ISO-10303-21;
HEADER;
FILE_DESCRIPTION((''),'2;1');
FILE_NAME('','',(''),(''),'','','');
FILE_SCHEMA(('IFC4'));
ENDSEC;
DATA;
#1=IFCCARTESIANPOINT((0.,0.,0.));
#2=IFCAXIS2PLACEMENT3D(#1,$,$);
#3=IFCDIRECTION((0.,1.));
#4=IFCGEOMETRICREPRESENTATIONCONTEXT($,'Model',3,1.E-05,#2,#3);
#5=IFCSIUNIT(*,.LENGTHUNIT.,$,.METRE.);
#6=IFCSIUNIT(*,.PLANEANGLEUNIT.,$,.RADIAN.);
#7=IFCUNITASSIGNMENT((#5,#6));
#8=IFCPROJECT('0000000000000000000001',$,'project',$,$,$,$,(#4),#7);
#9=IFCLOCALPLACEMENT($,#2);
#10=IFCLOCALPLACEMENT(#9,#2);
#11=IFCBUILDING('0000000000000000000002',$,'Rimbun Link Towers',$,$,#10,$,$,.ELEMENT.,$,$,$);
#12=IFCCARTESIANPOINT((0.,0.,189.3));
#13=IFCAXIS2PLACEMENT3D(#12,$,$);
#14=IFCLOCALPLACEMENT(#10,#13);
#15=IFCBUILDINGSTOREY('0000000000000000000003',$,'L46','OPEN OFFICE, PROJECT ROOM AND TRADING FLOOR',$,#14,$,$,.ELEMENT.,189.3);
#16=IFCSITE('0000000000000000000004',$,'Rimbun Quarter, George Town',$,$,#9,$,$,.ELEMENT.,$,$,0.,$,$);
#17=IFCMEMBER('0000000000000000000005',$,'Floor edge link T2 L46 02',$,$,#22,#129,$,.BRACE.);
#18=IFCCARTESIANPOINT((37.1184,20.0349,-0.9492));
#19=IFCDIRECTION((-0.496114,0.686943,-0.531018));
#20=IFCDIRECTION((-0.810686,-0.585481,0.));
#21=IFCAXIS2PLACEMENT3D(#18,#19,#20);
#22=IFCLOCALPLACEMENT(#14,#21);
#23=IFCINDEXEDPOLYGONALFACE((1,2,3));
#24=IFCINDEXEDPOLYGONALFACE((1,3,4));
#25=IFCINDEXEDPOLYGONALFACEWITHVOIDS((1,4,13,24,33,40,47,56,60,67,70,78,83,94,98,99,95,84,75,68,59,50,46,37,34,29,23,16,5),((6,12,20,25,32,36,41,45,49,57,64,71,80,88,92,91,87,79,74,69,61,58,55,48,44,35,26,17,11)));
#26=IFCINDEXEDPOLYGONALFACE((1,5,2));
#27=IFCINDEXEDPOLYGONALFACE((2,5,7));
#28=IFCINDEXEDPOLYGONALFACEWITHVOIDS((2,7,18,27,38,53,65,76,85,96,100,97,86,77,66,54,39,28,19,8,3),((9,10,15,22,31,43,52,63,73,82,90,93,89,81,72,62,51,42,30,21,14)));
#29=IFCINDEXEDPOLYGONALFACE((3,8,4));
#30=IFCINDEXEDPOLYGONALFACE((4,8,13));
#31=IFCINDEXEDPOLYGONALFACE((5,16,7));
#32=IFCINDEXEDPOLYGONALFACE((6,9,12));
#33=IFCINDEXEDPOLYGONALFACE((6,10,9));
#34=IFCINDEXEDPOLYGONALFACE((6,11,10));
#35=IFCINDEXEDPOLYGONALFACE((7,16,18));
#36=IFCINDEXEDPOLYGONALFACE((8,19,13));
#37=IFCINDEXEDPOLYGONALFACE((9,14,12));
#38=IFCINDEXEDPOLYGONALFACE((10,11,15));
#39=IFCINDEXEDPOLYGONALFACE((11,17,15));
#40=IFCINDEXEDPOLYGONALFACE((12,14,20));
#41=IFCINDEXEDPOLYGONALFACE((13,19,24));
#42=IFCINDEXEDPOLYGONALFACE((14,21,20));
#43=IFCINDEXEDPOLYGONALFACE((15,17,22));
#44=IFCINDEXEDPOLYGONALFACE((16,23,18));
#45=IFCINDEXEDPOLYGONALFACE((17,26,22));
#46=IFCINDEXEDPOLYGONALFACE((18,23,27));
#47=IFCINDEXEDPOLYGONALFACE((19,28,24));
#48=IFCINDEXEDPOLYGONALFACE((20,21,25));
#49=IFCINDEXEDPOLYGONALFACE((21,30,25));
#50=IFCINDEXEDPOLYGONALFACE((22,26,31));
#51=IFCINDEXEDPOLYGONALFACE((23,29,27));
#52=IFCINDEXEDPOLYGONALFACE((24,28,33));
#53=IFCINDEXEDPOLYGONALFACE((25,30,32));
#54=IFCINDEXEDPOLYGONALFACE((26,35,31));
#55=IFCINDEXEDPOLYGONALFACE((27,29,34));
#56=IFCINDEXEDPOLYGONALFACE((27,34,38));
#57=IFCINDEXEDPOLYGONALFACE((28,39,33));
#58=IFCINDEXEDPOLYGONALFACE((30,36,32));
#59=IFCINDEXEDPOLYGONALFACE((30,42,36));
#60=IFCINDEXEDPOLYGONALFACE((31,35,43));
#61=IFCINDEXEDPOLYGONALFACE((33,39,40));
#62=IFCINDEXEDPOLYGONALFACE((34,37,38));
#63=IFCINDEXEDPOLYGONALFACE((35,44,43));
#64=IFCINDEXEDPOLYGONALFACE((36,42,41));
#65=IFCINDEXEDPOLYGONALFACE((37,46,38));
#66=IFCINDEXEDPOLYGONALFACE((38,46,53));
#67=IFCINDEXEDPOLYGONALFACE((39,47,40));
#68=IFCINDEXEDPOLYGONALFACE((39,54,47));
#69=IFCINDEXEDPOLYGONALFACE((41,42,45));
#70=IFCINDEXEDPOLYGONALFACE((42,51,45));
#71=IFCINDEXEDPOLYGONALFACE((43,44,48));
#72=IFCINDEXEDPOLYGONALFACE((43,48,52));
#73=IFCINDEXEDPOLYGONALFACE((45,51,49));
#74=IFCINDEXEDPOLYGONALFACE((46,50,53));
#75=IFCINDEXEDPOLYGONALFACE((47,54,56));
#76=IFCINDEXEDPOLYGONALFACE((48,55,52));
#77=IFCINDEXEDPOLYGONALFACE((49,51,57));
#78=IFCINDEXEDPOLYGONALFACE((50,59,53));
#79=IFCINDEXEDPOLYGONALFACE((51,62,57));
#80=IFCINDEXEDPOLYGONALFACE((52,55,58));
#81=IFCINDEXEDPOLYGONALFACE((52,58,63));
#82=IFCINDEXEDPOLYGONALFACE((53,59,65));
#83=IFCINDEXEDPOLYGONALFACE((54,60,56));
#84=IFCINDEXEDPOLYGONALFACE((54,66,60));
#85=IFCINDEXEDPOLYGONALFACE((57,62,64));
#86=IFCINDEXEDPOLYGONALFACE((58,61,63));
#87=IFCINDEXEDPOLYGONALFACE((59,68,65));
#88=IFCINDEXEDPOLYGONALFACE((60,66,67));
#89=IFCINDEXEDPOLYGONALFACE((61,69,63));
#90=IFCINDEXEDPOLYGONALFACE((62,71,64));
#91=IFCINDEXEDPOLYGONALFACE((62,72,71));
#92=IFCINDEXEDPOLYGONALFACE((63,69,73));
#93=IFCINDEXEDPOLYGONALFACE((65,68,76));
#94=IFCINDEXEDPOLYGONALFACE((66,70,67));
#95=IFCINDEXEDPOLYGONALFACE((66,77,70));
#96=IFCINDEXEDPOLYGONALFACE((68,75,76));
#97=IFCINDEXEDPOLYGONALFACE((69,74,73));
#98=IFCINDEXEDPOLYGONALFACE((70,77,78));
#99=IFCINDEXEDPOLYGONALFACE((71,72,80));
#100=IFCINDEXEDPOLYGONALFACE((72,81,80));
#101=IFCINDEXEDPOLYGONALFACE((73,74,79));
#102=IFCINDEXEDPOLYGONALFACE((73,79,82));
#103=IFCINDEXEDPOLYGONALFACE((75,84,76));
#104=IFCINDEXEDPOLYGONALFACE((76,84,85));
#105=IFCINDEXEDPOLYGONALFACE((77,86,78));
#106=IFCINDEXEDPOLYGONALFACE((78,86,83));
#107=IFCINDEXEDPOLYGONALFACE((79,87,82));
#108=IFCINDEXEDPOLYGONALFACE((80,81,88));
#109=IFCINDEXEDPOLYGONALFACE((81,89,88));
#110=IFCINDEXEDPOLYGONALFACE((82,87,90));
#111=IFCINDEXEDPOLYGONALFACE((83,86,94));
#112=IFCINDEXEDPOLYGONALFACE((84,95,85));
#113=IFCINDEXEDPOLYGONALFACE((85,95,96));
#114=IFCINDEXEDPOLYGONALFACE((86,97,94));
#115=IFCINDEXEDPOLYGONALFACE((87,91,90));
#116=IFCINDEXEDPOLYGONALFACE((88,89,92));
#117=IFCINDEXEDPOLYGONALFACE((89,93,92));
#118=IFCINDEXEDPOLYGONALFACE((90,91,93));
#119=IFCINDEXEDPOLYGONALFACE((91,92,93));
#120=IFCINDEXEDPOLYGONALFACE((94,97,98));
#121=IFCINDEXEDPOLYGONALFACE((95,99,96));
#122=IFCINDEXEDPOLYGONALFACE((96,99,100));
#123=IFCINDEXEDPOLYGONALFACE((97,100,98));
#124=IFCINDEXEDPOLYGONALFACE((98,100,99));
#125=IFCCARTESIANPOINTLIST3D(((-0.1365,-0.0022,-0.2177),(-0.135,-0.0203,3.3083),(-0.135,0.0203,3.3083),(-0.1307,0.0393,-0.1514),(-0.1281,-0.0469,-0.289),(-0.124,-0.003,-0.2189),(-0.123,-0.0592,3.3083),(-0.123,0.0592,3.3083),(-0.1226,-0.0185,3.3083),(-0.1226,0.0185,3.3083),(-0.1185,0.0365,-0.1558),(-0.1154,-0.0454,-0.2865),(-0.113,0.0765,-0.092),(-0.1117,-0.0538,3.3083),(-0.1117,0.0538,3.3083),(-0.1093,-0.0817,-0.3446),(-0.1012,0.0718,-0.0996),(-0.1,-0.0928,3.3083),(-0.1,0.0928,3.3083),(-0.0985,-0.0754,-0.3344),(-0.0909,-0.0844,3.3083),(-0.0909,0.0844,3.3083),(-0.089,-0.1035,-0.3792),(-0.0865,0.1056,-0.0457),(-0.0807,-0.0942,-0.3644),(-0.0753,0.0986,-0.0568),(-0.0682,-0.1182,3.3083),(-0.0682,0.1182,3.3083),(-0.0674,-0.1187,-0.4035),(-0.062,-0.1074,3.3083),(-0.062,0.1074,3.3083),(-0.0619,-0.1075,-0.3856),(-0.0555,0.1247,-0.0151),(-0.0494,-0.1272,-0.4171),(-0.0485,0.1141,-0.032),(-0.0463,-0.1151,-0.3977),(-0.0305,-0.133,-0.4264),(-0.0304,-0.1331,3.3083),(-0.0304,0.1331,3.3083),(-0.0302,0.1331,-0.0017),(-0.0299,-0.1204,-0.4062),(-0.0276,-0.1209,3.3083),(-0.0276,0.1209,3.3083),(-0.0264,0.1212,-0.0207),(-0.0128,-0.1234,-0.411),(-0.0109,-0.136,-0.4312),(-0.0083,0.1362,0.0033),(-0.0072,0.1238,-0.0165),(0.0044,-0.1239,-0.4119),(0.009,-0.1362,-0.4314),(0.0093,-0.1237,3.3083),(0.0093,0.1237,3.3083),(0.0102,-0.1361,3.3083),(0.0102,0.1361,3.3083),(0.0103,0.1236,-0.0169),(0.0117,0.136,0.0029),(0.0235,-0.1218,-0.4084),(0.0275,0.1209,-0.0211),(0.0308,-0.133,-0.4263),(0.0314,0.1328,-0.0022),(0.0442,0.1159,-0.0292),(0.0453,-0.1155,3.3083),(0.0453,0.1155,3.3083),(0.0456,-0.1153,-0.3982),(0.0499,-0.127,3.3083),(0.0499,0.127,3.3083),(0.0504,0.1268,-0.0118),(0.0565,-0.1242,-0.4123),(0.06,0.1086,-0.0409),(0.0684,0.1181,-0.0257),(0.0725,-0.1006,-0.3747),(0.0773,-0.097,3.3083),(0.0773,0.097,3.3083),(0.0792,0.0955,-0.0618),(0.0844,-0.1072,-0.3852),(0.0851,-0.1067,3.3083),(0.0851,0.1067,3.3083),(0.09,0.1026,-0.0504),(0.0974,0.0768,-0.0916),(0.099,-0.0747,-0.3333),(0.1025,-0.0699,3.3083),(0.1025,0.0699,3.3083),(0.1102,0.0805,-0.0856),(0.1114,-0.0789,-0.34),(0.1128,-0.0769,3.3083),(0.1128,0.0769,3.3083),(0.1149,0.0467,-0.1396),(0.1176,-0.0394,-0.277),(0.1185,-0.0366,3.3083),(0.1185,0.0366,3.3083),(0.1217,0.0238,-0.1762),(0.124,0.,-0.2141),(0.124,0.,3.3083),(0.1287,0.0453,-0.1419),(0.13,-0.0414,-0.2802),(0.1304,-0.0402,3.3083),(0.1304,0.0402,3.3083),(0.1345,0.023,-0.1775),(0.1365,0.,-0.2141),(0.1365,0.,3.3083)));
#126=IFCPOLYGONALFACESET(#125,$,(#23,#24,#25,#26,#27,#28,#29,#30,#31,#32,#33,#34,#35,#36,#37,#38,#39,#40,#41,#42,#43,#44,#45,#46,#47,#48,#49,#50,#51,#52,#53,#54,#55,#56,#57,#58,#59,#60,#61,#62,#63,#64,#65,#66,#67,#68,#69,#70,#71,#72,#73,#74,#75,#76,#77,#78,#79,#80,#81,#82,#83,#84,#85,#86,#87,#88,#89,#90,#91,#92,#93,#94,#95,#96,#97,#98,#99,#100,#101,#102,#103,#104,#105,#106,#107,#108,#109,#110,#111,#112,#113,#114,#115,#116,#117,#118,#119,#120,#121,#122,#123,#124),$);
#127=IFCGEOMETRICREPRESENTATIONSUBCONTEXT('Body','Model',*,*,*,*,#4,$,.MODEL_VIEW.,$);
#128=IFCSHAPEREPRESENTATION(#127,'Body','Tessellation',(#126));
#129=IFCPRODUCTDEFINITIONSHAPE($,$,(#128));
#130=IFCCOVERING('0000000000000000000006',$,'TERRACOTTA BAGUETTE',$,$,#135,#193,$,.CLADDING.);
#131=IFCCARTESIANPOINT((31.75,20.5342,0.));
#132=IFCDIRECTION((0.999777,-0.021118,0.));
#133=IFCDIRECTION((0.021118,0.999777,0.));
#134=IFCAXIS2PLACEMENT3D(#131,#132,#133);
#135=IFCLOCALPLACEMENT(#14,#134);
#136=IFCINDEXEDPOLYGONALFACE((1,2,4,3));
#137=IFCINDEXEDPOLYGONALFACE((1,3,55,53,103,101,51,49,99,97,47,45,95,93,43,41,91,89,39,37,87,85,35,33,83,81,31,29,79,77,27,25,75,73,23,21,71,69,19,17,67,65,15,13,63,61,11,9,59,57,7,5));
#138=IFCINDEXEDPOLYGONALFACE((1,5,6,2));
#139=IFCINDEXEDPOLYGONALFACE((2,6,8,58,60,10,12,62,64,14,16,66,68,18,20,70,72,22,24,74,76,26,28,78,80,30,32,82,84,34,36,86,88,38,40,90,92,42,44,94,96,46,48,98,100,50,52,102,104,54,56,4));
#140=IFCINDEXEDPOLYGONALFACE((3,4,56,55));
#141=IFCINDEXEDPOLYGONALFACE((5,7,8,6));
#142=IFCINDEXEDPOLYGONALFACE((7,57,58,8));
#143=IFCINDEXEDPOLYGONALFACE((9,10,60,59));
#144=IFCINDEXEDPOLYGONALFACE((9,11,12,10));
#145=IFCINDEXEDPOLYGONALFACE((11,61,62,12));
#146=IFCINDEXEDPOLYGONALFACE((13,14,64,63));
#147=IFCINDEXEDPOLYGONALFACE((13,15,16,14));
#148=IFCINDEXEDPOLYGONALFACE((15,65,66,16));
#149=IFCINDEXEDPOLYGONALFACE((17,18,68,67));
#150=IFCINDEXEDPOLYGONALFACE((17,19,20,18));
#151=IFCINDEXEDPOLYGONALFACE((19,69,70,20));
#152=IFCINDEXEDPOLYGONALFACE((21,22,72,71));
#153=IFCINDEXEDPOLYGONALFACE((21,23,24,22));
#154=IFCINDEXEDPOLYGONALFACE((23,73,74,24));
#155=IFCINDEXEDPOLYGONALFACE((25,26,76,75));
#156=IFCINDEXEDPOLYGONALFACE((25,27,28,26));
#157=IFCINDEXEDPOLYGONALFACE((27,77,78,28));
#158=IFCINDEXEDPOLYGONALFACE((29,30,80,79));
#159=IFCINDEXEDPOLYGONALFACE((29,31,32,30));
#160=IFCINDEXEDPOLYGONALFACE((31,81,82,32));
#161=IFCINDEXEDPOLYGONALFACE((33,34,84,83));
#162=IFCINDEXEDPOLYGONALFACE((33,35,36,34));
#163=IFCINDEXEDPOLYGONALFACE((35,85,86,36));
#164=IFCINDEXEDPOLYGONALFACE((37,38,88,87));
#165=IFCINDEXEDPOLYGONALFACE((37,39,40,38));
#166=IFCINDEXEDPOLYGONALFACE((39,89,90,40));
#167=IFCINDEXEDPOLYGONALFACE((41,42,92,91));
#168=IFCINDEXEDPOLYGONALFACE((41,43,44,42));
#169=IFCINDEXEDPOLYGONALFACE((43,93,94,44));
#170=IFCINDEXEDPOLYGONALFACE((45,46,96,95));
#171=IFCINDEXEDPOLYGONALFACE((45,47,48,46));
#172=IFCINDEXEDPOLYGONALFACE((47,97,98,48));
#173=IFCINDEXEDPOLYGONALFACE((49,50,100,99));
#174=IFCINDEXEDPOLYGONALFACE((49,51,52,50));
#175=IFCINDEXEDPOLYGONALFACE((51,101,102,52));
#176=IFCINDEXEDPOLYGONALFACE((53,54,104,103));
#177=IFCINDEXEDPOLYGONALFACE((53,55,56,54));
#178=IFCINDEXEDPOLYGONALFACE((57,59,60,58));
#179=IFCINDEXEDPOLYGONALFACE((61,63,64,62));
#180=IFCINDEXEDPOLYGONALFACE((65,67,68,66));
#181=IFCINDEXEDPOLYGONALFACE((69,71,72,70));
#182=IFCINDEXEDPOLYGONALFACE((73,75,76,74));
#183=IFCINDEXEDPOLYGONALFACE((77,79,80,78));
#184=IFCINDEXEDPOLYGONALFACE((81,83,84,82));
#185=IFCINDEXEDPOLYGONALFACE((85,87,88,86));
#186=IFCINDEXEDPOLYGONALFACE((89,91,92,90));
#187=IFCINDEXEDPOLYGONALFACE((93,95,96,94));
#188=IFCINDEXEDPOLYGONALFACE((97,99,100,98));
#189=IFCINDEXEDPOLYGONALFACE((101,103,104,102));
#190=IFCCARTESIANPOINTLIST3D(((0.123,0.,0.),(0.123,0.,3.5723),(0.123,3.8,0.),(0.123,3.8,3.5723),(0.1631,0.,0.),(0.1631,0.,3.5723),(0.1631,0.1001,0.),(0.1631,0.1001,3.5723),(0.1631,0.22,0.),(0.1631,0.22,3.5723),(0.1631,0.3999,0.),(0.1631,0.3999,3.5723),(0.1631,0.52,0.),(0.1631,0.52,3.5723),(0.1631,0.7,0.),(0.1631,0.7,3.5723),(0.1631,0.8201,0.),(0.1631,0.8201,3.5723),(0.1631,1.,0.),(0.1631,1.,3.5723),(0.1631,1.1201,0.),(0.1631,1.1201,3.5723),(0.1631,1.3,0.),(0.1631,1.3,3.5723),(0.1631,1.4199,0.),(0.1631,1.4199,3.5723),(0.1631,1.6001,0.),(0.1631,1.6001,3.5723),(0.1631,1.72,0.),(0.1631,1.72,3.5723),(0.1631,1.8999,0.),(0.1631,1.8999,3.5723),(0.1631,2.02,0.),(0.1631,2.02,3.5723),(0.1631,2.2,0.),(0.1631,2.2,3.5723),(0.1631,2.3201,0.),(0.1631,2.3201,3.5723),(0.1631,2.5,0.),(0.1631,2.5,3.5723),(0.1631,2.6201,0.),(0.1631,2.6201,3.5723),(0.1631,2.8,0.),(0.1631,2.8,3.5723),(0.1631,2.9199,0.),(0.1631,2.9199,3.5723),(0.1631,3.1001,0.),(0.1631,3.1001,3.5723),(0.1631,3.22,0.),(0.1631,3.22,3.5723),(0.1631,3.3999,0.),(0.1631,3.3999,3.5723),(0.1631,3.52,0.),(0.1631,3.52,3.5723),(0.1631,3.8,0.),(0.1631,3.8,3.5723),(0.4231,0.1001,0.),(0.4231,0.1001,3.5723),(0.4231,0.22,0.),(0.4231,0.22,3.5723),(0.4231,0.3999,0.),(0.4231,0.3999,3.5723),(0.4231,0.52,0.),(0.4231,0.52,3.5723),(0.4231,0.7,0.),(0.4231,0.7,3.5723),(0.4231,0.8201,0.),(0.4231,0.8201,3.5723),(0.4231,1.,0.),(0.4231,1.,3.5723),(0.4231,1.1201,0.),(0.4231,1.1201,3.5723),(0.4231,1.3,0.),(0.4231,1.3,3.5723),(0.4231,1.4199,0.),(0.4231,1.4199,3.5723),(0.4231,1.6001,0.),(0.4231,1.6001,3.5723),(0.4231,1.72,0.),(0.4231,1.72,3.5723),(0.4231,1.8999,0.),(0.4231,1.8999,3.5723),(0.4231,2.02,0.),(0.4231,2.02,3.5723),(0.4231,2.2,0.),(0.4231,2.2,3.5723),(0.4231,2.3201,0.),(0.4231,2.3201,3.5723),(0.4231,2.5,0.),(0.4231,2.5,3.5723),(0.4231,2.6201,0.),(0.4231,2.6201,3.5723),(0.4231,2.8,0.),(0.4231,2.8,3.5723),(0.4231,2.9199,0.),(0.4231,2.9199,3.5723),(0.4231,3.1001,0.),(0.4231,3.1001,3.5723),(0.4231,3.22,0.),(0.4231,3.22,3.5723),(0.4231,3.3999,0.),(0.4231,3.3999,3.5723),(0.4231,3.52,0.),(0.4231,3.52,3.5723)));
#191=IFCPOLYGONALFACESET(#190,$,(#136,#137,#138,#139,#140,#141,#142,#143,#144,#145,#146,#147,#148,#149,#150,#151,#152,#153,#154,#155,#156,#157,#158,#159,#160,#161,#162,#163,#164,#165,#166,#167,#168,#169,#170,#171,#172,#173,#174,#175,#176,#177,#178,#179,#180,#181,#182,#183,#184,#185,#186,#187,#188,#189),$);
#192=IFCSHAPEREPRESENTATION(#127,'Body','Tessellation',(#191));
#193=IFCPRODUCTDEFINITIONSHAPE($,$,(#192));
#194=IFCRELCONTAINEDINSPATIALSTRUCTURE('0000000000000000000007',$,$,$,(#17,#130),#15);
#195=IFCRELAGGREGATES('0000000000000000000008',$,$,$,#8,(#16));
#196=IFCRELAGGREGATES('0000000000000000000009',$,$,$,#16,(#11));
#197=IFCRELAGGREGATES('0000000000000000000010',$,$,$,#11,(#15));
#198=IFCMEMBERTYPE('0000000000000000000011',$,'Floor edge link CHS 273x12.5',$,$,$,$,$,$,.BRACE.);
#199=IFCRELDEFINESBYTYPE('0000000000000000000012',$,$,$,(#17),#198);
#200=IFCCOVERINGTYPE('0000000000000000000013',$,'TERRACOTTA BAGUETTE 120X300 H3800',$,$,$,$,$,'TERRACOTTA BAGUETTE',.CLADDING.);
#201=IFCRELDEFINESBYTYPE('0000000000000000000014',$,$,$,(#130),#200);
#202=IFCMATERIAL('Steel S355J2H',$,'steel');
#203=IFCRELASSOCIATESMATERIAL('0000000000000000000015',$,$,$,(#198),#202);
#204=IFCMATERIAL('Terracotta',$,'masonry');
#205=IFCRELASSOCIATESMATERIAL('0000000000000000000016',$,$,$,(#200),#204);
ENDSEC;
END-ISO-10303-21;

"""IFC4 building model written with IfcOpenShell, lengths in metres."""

from ifc_helpers import new_model, si_unit, direction, frame, origin, origin_2d, place, context, subcontext, project, spatial, polyline, hollow_circle, outline, extrude, clip, halfspace, material, material_profile, profile_set, type_object, element, save


model = new_model("IFC4")

# Units and contexts
model_context = context("Model", 3, precision=1e-05, world=origin(), true_north=direction((0.0, 1.0)))
body_context = subcontext(model_context, "Body", "Model", "MODEL_VIEW")
ifc_project = project(units=[si_unit("LENGTHUNIT", "METRE"), si_unit("PLANEANGLEUNIT", "RADIAN")], contexts=[model_context])

# Site, building, storey
site_placement = place(None, origin())
site = spatial("IfcSite", under=ifc_project, at=site_placement, Name="Rimbun Quarter, George Town", CompositionType="ELEMENT", RefElevation=0.0)
building_placement = place(site_placement, origin())
building = spatial("IfcBuilding", under=site, at=building_placement, Name="Rimbun Link Towers", CompositionType="ELEMENT")
storey_placement = place(building_placement, frame((0.0, 0.0, 189.3)))
storey = spatial("IfcBuildingStorey", under=building, at=storey_placement, Name="L46", Description="OPEN OFFICE, PROJECT ROOM AND TRADING FLOOR", CompositionType="ELEMENT", Elevation=189.3)

# Member
ifc_material_1 = material(Name="Steel S355J2H", Category="steel")
ifc_material_profile_1 = material_profile(ifc_material_1, hollow_circle(Radius=0.1365, WallThickness=0.0125, at=origin_2d()), Name="CHS 273x12.5")
ifc_profile_set_1 = profile_set([ifc_material_profile_1], Name="Steel S355J2H")
member_type_1 = type_object("IfcMemberType", Name="Floor edge link CHS 273x12.5", PredefinedType="BRACE", material=ifc_profile_set_1)
member_1_placement = place(storey_placement, frame((37.1184, 20.0349, -0.9492), z_axis=(-0.496114, 0.686943, -0.531018), x_axis=(-0.810686, -0.585481, 0.0)))
element("IfcMember", 1, at=member_1_placement, inside=storey, type_object=member_type_1, Name="Floor edge link T2 L46 02", PredefinedType="BRACE", context=body_context, shape_type="Clipping", body=[
    clip(extrude(hollow_circle(Radius=0.1365, WallThickness=0.0125, at=origin_2d()), frame((0.0, 0.0, -0.4546)), (0.0, 0.0, 1.0), 3.7629), halfspace(frame((0.0, 0.0, -0.2141), z_axis=(0.0, 0.847361, -0.531018)), False)),
])

# Covering
ifc_material_2 = material(Name="Terracotta", Category="masonry")
ifc_material_profile_2 = material_profile(ifc_material_2, outline(polyline([(0.123, 0.0), (0.1631, 0.0), (0.1631, 0.1001), (0.4231, 0.1001), (0.4231, 0.22), (0.1631, 0.22), (0.1631, 0.3999), (0.4231, 0.3999), (0.4231, 0.52), (0.1631, 0.52), (0.1631, 0.7), (0.4231, 0.7), (0.4231, 0.8201), (0.1631, 0.8201), (0.1631, 1.0), (0.4231, 1.0), (0.4231, 1.1201), (0.1631, 1.1201), (0.1631, 1.3), (0.4231, 1.3), (0.4231, 1.4199), (0.1631, 1.4199), (0.1631, 1.6001), (0.4231, 1.6001), (0.4231, 1.72), (0.1631, 1.72), (0.1631, 1.8999), (0.4231, 1.8999), (0.4231, 2.02), (0.1631, 2.02), (0.1631, 2.2), (0.4231, 2.2), (0.4231, 2.3201), (0.1631, 2.3201), (0.1631, 2.5), (0.4231, 2.5), (0.4231, 2.6201), (0.1631, 2.6201), (0.1631, 2.8), (0.4231, 2.8), (0.4231, 2.9199), (0.1631, 2.9199), (0.1631, 3.1001), (0.4231, 3.1001), (0.4231, 3.22), (0.1631, 3.22), (0.1631, 3.3999), (0.4231, 3.3999), (0.4231, 3.52), (0.1631, 3.52), (0.1631, 3.8), (0.123, 3.8), (0.123, 0.0)])), Name="BAGUETTE 120X300")
ifc_profile_set_2 = profile_set([ifc_material_profile_2], Name="Terracotta")
covering_type = type_object("IfcCoveringType", Name="TERRACOTTA BAGUETTE 120X300 H3800", ElementType="TERRACOTTA BAGUETTE", PredefinedType="CLADDING", material=ifc_profile_set_2)
covering_placement = place(storey_placement, frame((31.75, 20.5342, 0.0), z_axis=(0.999777, -0.021118, 0.0), x_axis=(0.021118, 0.999777, 0.0)))
element("IfcCovering", 2, at=covering_placement, inside=storey, type_object=covering_type, Name="TERRACOTTA BAGUETTE", PredefinedType="CLADDING", context=body_context, shape_type="SweptSolid", body=[
    extrude(outline(polyline([(0.123, 0.0), (0.1631, 0.0), (0.1631, 0.1001), (0.4231, 0.1001), (0.4231, 0.22), (0.1631, 0.22), (0.1631, 0.3999), (0.4231, 0.3999), (0.4231, 0.52), (0.1631, 0.52), (0.1631, 0.7), (0.4231, 0.7), (0.4231, 0.8201), (0.1631, 0.8201), (0.1631, 1.0), (0.4231, 1.0), (0.4231, 1.1201), (0.1631, 1.1201), (0.1631, 1.3), (0.4231, 1.3), (0.4231, 1.4199), (0.1631, 1.4199), (0.1631, 1.6001), (0.4231, 1.6001), (0.4231, 1.72), (0.1631, 1.72), (0.1631, 1.8999), (0.4231, 1.8999), (0.4231, 2.02), (0.1631, 2.02), (0.1631, 2.2), (0.4231, 2.2), (0.4231, 2.3201), (0.1631, 2.3201), (0.1631, 2.5), (0.4231, 2.5), (0.4231, 2.6201), (0.1631, 2.6201), (0.1631, 2.8), (0.4231, 2.8), (0.4231, 2.9199), (0.1631, 2.9199), (0.1631, 3.1001), (0.4231, 3.1001), (0.4231, 3.22), (0.1631, 3.22), (0.1631, 3.3999), (0.4231, 3.3999), (0.4231, 3.52), (0.1631, 3.52), (0.1631, 3.8), (0.123, 3.8), (0.123, 0.0)])), origin(), (0.0, 0.0, 1.0), 3.5723),
])

save(model, "model.ifc")
